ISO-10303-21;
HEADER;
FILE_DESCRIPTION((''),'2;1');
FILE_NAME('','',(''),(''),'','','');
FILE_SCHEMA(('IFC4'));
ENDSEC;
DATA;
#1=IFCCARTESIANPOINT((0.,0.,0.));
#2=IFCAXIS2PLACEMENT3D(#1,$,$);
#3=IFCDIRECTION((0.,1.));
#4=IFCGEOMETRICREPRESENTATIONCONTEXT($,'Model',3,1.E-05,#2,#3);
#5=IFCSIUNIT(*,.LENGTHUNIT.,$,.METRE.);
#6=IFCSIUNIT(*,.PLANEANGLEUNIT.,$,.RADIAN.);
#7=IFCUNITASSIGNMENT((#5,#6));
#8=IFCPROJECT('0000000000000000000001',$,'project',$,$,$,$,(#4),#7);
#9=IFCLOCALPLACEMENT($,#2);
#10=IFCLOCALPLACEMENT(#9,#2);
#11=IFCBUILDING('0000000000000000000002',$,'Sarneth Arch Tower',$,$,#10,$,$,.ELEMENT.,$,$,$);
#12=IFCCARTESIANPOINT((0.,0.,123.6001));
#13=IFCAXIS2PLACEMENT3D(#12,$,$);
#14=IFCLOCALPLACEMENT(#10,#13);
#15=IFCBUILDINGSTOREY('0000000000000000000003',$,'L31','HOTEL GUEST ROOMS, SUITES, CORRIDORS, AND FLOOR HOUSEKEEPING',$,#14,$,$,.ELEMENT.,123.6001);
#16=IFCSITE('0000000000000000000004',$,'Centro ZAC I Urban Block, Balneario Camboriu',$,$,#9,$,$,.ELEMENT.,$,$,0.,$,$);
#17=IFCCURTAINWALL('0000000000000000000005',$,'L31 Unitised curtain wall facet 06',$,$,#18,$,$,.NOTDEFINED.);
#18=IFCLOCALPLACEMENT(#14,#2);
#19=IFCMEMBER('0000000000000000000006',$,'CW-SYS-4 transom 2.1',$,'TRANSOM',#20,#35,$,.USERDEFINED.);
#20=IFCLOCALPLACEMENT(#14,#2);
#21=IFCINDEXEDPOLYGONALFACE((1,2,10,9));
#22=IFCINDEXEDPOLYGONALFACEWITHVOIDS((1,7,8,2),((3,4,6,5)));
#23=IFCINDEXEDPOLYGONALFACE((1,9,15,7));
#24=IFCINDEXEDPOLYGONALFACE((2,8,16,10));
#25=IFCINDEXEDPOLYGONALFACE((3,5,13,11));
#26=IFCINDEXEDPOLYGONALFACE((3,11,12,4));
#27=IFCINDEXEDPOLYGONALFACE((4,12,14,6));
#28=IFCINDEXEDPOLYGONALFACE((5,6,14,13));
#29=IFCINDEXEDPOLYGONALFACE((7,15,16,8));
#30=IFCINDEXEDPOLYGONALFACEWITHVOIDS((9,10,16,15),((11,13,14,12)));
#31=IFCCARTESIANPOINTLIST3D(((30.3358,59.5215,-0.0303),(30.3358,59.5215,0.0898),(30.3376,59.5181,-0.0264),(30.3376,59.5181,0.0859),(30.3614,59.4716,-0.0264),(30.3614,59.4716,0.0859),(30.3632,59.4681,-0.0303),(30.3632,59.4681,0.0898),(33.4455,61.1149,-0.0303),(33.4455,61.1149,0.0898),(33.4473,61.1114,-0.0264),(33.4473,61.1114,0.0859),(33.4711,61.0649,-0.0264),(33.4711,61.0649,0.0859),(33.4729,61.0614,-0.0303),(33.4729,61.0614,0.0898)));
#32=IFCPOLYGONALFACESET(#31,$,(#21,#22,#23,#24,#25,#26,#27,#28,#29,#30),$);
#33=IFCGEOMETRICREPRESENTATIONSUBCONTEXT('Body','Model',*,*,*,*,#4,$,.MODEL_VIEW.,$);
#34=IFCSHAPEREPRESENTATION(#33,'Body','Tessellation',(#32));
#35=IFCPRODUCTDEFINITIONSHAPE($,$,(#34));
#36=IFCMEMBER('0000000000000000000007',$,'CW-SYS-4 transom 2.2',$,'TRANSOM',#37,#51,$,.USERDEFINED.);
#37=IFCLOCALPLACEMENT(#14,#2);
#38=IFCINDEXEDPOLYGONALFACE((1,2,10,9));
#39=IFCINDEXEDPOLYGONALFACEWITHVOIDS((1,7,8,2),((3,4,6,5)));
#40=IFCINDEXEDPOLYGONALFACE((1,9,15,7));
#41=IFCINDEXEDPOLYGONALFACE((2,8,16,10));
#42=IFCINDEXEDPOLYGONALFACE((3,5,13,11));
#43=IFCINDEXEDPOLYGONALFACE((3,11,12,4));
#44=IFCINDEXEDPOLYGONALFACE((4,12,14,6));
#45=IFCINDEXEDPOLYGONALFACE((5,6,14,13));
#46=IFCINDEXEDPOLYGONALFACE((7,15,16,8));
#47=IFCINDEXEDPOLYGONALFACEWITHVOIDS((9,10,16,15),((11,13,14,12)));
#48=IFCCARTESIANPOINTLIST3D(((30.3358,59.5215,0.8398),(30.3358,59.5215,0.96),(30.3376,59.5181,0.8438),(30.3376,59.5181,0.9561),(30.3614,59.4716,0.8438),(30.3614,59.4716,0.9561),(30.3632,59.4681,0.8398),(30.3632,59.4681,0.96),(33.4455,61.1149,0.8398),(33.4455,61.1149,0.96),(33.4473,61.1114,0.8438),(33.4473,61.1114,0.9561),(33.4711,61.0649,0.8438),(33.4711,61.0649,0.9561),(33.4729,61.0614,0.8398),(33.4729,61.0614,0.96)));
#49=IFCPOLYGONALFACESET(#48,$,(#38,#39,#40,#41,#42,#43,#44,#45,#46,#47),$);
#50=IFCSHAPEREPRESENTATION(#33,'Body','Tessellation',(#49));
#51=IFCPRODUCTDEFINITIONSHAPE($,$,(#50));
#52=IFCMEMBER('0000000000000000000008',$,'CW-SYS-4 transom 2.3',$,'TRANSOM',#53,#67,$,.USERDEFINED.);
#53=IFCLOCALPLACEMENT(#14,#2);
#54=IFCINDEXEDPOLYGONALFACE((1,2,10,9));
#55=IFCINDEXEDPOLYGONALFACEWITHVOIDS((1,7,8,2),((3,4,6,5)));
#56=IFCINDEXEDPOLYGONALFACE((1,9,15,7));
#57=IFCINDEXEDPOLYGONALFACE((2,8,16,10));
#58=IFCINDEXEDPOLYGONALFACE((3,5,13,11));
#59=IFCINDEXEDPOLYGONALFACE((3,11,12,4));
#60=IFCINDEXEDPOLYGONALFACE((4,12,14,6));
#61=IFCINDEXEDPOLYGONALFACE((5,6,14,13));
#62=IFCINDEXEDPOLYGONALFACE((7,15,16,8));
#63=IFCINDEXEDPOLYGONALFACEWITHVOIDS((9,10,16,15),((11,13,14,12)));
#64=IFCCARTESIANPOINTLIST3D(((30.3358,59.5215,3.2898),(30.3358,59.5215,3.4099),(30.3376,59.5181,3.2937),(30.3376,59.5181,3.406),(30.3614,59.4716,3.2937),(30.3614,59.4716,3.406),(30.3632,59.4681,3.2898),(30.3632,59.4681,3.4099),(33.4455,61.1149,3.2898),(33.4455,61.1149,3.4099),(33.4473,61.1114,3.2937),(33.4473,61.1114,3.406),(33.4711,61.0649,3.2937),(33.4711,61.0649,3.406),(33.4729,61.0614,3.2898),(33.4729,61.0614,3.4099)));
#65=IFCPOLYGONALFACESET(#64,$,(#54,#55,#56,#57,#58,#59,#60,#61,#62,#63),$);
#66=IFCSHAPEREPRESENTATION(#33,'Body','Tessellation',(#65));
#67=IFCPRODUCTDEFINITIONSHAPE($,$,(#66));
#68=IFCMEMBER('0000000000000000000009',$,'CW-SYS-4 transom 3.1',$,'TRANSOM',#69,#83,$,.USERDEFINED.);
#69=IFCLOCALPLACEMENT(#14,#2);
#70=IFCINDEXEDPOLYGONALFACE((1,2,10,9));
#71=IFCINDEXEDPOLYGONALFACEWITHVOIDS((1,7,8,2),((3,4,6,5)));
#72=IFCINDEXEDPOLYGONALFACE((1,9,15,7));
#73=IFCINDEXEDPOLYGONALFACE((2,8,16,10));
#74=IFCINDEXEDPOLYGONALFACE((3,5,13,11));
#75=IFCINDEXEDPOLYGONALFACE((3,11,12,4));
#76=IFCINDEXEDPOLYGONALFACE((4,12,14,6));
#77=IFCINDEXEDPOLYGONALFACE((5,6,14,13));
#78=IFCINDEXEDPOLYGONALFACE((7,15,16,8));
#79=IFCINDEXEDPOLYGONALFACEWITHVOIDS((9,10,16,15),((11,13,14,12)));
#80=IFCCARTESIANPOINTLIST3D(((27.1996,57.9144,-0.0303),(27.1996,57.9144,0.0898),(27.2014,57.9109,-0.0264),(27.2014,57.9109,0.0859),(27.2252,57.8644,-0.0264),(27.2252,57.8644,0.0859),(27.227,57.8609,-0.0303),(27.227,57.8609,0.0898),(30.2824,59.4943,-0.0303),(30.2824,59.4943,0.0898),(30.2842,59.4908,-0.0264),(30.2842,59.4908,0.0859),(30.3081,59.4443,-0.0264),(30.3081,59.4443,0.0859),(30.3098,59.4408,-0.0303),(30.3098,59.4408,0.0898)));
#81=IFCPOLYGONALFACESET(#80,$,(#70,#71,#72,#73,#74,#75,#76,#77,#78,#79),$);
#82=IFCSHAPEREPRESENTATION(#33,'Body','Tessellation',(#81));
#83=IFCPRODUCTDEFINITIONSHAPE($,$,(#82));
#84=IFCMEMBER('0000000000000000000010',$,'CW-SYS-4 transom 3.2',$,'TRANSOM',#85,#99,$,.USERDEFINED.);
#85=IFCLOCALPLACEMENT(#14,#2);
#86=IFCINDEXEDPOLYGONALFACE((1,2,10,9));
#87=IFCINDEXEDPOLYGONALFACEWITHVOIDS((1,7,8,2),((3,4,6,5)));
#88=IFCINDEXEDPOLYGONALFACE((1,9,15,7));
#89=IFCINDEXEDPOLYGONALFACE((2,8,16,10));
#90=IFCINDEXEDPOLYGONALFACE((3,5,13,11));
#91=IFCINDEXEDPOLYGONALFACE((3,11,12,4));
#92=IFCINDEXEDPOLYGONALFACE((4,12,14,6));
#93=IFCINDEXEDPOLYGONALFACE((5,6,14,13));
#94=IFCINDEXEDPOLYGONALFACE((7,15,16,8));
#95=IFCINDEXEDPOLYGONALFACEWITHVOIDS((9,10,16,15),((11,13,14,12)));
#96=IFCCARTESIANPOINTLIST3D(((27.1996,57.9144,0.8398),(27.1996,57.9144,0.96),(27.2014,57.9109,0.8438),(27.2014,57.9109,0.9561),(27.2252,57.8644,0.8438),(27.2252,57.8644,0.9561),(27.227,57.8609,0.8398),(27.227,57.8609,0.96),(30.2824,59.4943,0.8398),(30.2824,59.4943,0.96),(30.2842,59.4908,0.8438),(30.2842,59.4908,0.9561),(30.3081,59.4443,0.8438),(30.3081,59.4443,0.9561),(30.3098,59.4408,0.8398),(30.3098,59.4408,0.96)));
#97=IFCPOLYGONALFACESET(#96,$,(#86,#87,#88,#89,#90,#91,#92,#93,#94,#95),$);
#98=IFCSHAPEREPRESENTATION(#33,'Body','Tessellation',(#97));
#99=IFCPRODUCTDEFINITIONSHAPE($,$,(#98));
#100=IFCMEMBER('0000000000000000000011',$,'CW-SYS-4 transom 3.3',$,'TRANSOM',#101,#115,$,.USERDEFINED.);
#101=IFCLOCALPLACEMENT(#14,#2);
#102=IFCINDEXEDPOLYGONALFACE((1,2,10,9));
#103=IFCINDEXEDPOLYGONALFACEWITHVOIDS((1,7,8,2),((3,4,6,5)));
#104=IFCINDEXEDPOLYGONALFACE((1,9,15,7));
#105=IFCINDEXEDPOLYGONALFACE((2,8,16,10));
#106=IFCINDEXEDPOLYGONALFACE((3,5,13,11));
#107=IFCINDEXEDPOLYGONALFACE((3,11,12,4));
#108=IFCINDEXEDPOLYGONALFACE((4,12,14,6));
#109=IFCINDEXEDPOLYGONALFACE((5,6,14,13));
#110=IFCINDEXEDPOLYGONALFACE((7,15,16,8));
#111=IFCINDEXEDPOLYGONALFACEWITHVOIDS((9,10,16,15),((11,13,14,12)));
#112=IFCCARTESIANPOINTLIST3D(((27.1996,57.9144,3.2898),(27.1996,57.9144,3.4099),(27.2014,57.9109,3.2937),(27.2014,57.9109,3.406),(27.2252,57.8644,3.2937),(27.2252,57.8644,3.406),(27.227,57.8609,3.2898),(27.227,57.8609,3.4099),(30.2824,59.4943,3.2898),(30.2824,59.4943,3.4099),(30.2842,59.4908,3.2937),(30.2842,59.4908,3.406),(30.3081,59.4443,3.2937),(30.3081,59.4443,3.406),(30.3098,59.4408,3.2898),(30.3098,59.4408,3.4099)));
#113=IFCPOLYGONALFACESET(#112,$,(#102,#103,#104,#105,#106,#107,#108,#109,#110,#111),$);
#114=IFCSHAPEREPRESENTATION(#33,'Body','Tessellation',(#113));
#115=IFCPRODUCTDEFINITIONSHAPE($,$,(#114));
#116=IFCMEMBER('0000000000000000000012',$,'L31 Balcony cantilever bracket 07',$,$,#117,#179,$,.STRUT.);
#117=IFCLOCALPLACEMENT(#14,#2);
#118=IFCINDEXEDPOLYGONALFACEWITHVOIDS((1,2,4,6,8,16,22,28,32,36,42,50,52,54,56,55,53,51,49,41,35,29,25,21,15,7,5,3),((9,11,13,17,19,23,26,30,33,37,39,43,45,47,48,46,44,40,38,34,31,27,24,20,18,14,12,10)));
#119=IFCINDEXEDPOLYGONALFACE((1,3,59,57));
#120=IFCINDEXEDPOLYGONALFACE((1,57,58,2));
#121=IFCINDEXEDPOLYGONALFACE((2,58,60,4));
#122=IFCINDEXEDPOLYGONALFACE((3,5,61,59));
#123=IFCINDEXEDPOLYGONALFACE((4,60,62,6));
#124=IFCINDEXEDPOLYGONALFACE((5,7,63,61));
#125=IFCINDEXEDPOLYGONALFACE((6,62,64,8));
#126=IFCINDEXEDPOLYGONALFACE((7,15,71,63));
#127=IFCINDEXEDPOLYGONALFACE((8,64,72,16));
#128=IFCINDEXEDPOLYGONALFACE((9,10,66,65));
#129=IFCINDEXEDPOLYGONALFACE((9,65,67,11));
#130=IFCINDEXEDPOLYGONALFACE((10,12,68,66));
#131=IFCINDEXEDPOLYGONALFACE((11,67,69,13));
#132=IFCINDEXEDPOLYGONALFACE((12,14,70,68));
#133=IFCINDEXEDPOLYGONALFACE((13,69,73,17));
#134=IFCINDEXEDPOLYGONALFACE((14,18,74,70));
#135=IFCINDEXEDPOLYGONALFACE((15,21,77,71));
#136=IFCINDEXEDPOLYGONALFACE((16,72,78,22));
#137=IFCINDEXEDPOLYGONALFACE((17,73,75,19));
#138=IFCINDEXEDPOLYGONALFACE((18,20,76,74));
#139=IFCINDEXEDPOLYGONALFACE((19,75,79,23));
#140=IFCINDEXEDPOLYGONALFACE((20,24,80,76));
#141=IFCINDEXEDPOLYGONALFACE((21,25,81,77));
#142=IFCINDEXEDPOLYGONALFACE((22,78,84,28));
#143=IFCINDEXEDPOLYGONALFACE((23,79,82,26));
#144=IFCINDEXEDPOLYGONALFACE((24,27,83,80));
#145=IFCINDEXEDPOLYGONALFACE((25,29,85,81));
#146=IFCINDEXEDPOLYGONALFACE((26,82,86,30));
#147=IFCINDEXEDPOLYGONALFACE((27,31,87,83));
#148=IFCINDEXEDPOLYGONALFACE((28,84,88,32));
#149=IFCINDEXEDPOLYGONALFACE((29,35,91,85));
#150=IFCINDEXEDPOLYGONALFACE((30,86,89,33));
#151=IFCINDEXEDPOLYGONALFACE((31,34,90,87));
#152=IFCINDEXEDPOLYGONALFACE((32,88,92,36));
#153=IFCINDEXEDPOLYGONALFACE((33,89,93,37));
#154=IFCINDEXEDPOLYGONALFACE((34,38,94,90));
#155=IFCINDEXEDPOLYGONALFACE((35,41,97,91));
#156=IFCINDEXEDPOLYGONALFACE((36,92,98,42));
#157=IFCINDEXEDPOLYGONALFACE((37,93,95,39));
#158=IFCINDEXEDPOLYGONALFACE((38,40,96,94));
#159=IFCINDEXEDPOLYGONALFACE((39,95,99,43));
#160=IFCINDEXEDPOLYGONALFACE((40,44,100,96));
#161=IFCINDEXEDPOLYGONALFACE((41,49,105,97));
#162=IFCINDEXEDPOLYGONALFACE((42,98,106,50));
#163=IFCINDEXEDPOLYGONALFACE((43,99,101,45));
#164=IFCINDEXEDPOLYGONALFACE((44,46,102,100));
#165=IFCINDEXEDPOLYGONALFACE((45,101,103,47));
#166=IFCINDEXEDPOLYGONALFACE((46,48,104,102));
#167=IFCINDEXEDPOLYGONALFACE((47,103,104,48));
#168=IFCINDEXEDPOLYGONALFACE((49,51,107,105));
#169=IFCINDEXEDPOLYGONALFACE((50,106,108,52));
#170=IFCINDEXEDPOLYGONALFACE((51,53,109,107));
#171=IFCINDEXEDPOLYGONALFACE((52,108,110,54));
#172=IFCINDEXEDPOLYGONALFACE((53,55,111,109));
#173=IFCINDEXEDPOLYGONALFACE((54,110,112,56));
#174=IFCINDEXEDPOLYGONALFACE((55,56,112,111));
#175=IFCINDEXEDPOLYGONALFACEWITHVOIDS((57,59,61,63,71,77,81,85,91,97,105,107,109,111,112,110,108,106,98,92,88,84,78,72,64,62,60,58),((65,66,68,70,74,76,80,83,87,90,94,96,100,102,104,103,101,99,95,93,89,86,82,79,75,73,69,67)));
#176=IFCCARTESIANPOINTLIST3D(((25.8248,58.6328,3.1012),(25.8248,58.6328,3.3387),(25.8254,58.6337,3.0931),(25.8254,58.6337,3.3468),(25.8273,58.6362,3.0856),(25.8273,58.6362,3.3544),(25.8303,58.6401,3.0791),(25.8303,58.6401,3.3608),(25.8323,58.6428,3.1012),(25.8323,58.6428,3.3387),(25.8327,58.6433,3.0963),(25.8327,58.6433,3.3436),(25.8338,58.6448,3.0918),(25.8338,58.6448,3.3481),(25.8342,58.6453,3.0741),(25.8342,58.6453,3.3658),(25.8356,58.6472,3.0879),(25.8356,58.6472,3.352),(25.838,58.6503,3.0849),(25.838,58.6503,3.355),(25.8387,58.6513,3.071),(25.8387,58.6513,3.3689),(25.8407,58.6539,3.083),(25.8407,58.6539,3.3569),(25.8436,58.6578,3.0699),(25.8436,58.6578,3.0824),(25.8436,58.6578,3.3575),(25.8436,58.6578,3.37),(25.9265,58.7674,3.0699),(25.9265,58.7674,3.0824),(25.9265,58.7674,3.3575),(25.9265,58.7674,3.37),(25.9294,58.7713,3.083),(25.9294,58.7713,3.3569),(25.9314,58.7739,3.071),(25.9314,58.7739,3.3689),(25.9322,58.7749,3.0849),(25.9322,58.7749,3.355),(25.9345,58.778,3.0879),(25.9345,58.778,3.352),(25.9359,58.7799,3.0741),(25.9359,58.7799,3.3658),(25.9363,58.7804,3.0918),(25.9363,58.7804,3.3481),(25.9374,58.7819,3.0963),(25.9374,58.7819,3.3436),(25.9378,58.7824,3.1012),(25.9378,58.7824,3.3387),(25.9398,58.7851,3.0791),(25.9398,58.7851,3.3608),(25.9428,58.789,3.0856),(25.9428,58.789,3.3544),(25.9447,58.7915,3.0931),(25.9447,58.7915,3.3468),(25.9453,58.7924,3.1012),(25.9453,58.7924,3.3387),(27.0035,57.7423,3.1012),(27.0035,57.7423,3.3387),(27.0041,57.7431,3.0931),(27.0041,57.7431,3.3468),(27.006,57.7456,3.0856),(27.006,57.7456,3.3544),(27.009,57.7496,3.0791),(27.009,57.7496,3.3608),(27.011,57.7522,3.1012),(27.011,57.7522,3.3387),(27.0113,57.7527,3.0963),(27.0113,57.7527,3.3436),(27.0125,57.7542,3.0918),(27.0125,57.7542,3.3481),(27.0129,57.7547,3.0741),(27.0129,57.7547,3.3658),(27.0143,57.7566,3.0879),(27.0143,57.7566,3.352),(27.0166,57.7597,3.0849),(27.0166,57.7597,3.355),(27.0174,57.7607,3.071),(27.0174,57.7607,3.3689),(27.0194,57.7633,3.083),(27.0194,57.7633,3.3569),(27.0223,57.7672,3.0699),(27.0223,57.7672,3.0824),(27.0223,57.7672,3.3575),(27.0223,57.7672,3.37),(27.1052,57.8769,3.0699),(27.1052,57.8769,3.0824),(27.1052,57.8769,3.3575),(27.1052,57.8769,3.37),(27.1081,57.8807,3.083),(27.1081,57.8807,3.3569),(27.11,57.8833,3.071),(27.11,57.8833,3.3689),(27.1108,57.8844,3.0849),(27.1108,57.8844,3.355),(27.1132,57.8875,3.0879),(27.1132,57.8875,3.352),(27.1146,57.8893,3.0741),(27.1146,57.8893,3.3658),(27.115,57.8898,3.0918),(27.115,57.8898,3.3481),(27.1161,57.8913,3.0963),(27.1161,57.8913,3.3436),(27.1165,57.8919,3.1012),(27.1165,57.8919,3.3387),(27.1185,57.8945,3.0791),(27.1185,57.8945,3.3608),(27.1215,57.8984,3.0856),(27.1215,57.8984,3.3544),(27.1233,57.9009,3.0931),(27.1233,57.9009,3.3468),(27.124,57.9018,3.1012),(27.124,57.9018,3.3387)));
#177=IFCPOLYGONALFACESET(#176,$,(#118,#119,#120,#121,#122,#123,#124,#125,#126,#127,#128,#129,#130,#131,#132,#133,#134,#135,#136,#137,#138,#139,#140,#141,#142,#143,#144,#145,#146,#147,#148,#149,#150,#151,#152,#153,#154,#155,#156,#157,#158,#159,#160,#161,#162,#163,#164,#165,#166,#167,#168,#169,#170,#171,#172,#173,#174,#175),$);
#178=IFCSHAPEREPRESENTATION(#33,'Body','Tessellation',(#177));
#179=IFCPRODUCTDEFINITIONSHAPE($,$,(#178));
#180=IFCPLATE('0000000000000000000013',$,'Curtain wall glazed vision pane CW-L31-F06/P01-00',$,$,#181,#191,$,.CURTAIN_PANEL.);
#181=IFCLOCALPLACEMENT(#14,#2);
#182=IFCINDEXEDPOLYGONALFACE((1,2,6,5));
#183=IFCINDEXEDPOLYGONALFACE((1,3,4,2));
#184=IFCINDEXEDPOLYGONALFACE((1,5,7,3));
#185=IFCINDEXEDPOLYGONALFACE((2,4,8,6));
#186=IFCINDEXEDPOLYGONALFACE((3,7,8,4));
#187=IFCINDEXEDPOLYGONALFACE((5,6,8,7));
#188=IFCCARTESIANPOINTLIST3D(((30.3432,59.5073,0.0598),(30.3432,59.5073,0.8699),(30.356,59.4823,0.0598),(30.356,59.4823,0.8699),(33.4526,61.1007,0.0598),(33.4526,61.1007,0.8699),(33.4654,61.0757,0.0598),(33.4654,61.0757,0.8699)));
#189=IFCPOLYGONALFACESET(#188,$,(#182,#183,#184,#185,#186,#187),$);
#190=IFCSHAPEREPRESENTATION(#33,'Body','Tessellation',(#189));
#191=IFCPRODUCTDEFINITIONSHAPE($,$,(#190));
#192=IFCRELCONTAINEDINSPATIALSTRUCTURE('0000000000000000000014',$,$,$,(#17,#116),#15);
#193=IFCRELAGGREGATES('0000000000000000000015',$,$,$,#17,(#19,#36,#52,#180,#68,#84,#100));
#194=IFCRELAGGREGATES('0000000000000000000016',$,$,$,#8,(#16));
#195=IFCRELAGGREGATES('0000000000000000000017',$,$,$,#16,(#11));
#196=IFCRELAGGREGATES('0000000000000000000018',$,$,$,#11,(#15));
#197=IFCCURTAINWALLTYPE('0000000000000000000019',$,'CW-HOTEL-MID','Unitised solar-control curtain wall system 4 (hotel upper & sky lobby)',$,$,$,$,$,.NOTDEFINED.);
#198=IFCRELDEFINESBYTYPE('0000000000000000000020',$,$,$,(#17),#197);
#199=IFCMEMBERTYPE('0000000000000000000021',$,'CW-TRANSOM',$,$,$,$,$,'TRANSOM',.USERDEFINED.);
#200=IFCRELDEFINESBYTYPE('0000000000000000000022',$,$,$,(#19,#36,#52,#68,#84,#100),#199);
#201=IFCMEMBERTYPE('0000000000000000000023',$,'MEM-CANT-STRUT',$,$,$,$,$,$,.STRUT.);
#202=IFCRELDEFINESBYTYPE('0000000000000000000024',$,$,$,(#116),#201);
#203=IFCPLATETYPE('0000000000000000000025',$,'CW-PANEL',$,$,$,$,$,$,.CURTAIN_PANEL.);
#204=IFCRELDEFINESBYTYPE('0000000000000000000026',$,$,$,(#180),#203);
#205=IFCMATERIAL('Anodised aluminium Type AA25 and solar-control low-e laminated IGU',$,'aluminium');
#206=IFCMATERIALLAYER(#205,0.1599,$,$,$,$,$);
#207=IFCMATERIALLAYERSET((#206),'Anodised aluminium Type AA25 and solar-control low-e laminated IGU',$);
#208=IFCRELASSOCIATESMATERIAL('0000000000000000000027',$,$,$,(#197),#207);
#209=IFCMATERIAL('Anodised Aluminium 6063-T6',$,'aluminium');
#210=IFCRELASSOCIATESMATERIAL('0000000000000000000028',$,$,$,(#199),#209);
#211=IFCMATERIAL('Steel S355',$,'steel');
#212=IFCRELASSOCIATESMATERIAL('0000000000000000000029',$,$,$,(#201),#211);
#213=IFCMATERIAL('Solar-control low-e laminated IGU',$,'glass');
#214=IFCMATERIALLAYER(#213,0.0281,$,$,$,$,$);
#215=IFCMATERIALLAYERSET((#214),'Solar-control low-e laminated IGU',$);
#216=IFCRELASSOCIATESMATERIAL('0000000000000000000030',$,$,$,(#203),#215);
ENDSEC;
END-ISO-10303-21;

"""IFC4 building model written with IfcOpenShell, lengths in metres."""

from ifc_helpers import new_model, si_unit, direction, frame, origin, origin_2d, place, context, subcontext, project, spatial, rectangle, hollow_rectangle, extrude, material, layer, layer_set, material_profile, profile_set, type_object, element, aggregate, save


model = new_model("IFC4")

# Units and contexts
model_context = context("Model", 3, precision=1e-05, world=origin(), true_north=direction((0.0, 1.0)))
body_context = subcontext(model_context, "Body", "Model", "MODEL_VIEW")
ifc_project = project(units=[si_unit("LENGTHUNIT", "METRE"), si_unit("PLANEANGLEUNIT", "RADIAN")], contexts=[model_context])

# Site, building, storey
site_placement = place(None, origin())
site = spatial("IfcSite", under=ifc_project, at=site_placement, Name="Centro ZAC I Urban Block, Balneario Camboriu", CompositionType="ELEMENT", RefElevation=0.0)
building_placement = place(site_placement, origin())
building = spatial("IfcBuilding", under=site, at=building_placement, Name="Sarneth Arch Tower", CompositionType="ELEMENT")
storey_placement = place(building_placement, frame((0.0, 0.0, 123.6001)))
storey = spatial("IfcBuildingStorey", under=building, at=storey_placement, Name="L31", Description="HOTEL GUEST ROOMS, SUITES, CORRIDORS, AND FLOOR HOUSEKEEPING", CompositionType="ELEMENT", Elevation=123.6001)

# Curtain wall, members
ifc_material_1 = material(Name="Anodised aluminium Type AA25 and solar-control low-e laminated IGU", Category="aluminium")
ifc_layer_1 = layer(ifc_material_1, 0.1599)
ifc_layer_set_1 = layer_set([ifc_layer_1], Name="Anodised aluminium Type AA25 and solar-control low-e laminated IGU")
curtain_wall_type = type_object("IfcCurtainWallType", Name="CW-HOTEL-MID", Description="Unitised solar-control curtain wall system 4 (hotel upper & sky lobby)", PredefinedType="NOTDEFINED", material=ifc_layer_set_1)
curtain_wall_placement = place(storey_placement, origin())
curtain_wall = element("IfcCurtainWall", 1, at=curtain_wall_placement, inside=storey, type_object=curtain_wall_type, Name="L31 Unitised curtain wall facet 06", PredefinedType="NOTDEFINED")
ifc_material_2 = material(Name="Anodised Aluminium 6063-T6", Category="aluminium")
ifc_material_profile_1 = material_profile(ifc_material_2, hollow_rectangle(XDim=0.0601, YDim=0.1201, WallThickness=0.0039, at=origin_2d()), Name="AL-TRAN-120x60x4")
ifc_profile_set_1 = profile_set([ifc_material_profile_1], Name="Anodised Aluminium 6063-T6")
member_type_1 = type_object("IfcMemberType", Name="CW-TRANSOM", ElementType="TRANSOM", PredefinedType="USERDEFINED", material=ifc_profile_set_1)
member_1_placement = place(storey_placement, frame((33.4592, 61.0881, 0.0298), z_axis=(-0.889982, -0.455996, 0.0), x_axis=(0.455996, -0.889982, 0.0)))
member_1 = element("IfcMember", 2, at=member_1_placement, type_object=member_type_1, Name="CW-SYS-4 transom 2.1", ObjectType="TRANSOM", PredefinedType="USERDEFINED", context=body_context, shape_type="SweptSolid", body=[
    extrude(hollow_rectangle(XDim=0.0601, YDim=0.1201, WallThickness=0.0039, at=origin_2d()), origin(), (0.0, 0.0, 1.0), 3.4941),
])
member_2_placement = place(storey_placement, frame((33.4592, 61.0881, 0.8999), z_axis=(-0.889982, -0.455996, 0.0), x_axis=(0.455996, -0.889982, 0.0)))
member_2 = element("IfcMember", 3, at=member_2_placement, type_object=member_type_1, Name="CW-SYS-4 transom 2.2", ObjectType="TRANSOM", PredefinedType="USERDEFINED", context=body_context, shape_type="SweptSolid", body=[
    extrude(hollow_rectangle(XDim=0.0601, YDim=0.1201, WallThickness=0.0039, at=origin_2d()), origin(), (0.0, 0.0, 1.0), 3.4941),
])
member_3_placement = place(storey_placement, frame((33.4592, 61.0881, 3.3499), z_axis=(-0.889982, -0.455996, 0.0), x_axis=(0.455996, -0.889982, 0.0)))
member_3 = element("IfcMember", 4, at=member_3_placement, type_object=member_type_1, Name="CW-SYS-4 transom 2.3", ObjectType="TRANSOM", PredefinedType="USERDEFINED", context=body_context, shape_type="SweptSolid", body=[
    extrude(hollow_rectangle(XDim=0.0601, YDim=0.1201, WallThickness=0.0039, at=origin_2d()), origin(), (0.0, 0.0, 1.0), 3.4941),
])
member_4_placement = place(storey_placement, frame((30.2961, 59.4675, 0.0298), z_axis=(-0.889943, -0.456072, 0.0), x_axis=(0.456072, -0.889943, 0.0)))
member_4 = element("IfcMember", 5, at=member_4_placement, type_object=member_type_1, Name="CW-SYS-4 transom 3.1", ObjectType="TRANSOM", PredefinedType="USERDEFINED", context=body_context, shape_type="SweptSolid", body=[
    extrude(hollow_rectangle(XDim=0.0601, YDim=0.1201, WallThickness=0.0039, at=origin_2d()), origin(), (0.0, 0.0, 1.0), 3.4641),
])
member_5_placement = place(storey_placement, frame((30.2961, 59.4675, 0.8999), z_axis=(-0.889943, -0.456072, 0.0), x_axis=(0.456072, -0.889943, 0.0)))
member_5 = element("IfcMember", 6, at=member_5_placement, type_object=member_type_1, Name="CW-SYS-4 transom 3.2", ObjectType="TRANSOM", PredefinedType="USERDEFINED", context=body_context, shape_type="SweptSolid", body=[
    extrude(hollow_rectangle(XDim=0.0601, YDim=0.1201, WallThickness=0.0039, at=origin_2d()), origin(), (0.0, 0.0, 1.0), 3.4641),
])
member_6_placement = place(storey_placement, frame((30.2961, 59.4675, 3.3499), z_axis=(-0.889943, -0.456072, 0.0), x_axis=(0.456072, -0.889943, 0.0)))
member_6 = element("IfcMember", 7, at=member_6_placement, type_object=member_type_1, Name="CW-SYS-4 transom 3.3", ObjectType="TRANSOM", PredefinedType="USERDEFINED", context=body_context, shape_type="SweptSolid", body=[
    extrude(hollow_rectangle(XDim=0.0601, YDim=0.1201, WallThickness=0.0039, at=origin_2d()), origin(), (0.0, 0.0, 1.0), 3.4641),
])

# Member
ifc_material_3 = material(Name="Steel S355", Category="steel")
ifc_material_profile_2 = material_profile(ifc_material_3, hollow_rectangle(XDim=0.2, YDim=0.3, WallThickness=0.0125, InnerFilletRadius=0.0188, OuterFilletRadius=0.0312, at=origin_2d()), Name="RHS300x200x12.5")
ifc_profile_set_2 = profile_set([ifc_material_profile_2], Name="Steel S355")
member_type_2 = type_object("IfcMemberType", Name="MEM-CANT-STRUT", PredefinedType="STRUT", material=ifc_profile_set_2)
member_7_placement = place(storey_placement, frame((27.0637, 57.822, 3.22), z_axis=(-0.797853, 0.602852, 0.0), x_axis=(-0.602852, -0.797853, 0.0)))
element("IfcMember", 8, at=member_7_placement, inside=storey, type_object=member_type_2, Name="L31 Balcony cantilever bracket 07", PredefinedType="STRUT", context=body_context, shape_type="SweptSolid", body=[
    extrude(hollow_rectangle(XDim=0.2, YDim=0.3, WallThickness=0.0125, InnerFilletRadius=0.0188, OuterFilletRadius=0.0312, at=origin_2d()), origin(), (0.0, 0.0, 1.0), 1.4773),
])

# Plate
ifc_material_4 = material(Name="Solar-control low-e laminated IGU", Category="glass")
ifc_layer_2 = layer(ifc_material_4, 0.0281)
ifc_layer_set_2 = layer_set([ifc_layer_2], Name="Solar-control low-e laminated IGU")
plate_type_1 = type_object("IfcPlateType", Name="CW-PANEL", PredefinedType="CURTAIN_PANEL", material=ifc_layer_set_2)
plate_1_placement = place(storey_placement, frame((31.9043, 60.2915, 0.0598), z_axis=(0.0, 0.0, 1.0), x_axis=(-0.889964, -0.456031, 0.0)))
plate_1 = element("IfcPlate", 9, at=plate_1_placement, type_object=plate_type_1, Name="Curtain wall glazed vision pane CW-L31-F06/P01-00", PredefinedType="CURTAIN_PANEL", context=body_context, shape_type="SweptSolid", body=[
    extrude(rectangle(XDim=3.4939, YDim=0.0281, at=origin_2d()), origin(), (0.0, 0.0, 1.0), 0.8101),
])
aggregate(curtain_wall, [member_1, member_2, member_3, plate_1, member_4, member_5, member_6])

save(model, "model.ifc")
